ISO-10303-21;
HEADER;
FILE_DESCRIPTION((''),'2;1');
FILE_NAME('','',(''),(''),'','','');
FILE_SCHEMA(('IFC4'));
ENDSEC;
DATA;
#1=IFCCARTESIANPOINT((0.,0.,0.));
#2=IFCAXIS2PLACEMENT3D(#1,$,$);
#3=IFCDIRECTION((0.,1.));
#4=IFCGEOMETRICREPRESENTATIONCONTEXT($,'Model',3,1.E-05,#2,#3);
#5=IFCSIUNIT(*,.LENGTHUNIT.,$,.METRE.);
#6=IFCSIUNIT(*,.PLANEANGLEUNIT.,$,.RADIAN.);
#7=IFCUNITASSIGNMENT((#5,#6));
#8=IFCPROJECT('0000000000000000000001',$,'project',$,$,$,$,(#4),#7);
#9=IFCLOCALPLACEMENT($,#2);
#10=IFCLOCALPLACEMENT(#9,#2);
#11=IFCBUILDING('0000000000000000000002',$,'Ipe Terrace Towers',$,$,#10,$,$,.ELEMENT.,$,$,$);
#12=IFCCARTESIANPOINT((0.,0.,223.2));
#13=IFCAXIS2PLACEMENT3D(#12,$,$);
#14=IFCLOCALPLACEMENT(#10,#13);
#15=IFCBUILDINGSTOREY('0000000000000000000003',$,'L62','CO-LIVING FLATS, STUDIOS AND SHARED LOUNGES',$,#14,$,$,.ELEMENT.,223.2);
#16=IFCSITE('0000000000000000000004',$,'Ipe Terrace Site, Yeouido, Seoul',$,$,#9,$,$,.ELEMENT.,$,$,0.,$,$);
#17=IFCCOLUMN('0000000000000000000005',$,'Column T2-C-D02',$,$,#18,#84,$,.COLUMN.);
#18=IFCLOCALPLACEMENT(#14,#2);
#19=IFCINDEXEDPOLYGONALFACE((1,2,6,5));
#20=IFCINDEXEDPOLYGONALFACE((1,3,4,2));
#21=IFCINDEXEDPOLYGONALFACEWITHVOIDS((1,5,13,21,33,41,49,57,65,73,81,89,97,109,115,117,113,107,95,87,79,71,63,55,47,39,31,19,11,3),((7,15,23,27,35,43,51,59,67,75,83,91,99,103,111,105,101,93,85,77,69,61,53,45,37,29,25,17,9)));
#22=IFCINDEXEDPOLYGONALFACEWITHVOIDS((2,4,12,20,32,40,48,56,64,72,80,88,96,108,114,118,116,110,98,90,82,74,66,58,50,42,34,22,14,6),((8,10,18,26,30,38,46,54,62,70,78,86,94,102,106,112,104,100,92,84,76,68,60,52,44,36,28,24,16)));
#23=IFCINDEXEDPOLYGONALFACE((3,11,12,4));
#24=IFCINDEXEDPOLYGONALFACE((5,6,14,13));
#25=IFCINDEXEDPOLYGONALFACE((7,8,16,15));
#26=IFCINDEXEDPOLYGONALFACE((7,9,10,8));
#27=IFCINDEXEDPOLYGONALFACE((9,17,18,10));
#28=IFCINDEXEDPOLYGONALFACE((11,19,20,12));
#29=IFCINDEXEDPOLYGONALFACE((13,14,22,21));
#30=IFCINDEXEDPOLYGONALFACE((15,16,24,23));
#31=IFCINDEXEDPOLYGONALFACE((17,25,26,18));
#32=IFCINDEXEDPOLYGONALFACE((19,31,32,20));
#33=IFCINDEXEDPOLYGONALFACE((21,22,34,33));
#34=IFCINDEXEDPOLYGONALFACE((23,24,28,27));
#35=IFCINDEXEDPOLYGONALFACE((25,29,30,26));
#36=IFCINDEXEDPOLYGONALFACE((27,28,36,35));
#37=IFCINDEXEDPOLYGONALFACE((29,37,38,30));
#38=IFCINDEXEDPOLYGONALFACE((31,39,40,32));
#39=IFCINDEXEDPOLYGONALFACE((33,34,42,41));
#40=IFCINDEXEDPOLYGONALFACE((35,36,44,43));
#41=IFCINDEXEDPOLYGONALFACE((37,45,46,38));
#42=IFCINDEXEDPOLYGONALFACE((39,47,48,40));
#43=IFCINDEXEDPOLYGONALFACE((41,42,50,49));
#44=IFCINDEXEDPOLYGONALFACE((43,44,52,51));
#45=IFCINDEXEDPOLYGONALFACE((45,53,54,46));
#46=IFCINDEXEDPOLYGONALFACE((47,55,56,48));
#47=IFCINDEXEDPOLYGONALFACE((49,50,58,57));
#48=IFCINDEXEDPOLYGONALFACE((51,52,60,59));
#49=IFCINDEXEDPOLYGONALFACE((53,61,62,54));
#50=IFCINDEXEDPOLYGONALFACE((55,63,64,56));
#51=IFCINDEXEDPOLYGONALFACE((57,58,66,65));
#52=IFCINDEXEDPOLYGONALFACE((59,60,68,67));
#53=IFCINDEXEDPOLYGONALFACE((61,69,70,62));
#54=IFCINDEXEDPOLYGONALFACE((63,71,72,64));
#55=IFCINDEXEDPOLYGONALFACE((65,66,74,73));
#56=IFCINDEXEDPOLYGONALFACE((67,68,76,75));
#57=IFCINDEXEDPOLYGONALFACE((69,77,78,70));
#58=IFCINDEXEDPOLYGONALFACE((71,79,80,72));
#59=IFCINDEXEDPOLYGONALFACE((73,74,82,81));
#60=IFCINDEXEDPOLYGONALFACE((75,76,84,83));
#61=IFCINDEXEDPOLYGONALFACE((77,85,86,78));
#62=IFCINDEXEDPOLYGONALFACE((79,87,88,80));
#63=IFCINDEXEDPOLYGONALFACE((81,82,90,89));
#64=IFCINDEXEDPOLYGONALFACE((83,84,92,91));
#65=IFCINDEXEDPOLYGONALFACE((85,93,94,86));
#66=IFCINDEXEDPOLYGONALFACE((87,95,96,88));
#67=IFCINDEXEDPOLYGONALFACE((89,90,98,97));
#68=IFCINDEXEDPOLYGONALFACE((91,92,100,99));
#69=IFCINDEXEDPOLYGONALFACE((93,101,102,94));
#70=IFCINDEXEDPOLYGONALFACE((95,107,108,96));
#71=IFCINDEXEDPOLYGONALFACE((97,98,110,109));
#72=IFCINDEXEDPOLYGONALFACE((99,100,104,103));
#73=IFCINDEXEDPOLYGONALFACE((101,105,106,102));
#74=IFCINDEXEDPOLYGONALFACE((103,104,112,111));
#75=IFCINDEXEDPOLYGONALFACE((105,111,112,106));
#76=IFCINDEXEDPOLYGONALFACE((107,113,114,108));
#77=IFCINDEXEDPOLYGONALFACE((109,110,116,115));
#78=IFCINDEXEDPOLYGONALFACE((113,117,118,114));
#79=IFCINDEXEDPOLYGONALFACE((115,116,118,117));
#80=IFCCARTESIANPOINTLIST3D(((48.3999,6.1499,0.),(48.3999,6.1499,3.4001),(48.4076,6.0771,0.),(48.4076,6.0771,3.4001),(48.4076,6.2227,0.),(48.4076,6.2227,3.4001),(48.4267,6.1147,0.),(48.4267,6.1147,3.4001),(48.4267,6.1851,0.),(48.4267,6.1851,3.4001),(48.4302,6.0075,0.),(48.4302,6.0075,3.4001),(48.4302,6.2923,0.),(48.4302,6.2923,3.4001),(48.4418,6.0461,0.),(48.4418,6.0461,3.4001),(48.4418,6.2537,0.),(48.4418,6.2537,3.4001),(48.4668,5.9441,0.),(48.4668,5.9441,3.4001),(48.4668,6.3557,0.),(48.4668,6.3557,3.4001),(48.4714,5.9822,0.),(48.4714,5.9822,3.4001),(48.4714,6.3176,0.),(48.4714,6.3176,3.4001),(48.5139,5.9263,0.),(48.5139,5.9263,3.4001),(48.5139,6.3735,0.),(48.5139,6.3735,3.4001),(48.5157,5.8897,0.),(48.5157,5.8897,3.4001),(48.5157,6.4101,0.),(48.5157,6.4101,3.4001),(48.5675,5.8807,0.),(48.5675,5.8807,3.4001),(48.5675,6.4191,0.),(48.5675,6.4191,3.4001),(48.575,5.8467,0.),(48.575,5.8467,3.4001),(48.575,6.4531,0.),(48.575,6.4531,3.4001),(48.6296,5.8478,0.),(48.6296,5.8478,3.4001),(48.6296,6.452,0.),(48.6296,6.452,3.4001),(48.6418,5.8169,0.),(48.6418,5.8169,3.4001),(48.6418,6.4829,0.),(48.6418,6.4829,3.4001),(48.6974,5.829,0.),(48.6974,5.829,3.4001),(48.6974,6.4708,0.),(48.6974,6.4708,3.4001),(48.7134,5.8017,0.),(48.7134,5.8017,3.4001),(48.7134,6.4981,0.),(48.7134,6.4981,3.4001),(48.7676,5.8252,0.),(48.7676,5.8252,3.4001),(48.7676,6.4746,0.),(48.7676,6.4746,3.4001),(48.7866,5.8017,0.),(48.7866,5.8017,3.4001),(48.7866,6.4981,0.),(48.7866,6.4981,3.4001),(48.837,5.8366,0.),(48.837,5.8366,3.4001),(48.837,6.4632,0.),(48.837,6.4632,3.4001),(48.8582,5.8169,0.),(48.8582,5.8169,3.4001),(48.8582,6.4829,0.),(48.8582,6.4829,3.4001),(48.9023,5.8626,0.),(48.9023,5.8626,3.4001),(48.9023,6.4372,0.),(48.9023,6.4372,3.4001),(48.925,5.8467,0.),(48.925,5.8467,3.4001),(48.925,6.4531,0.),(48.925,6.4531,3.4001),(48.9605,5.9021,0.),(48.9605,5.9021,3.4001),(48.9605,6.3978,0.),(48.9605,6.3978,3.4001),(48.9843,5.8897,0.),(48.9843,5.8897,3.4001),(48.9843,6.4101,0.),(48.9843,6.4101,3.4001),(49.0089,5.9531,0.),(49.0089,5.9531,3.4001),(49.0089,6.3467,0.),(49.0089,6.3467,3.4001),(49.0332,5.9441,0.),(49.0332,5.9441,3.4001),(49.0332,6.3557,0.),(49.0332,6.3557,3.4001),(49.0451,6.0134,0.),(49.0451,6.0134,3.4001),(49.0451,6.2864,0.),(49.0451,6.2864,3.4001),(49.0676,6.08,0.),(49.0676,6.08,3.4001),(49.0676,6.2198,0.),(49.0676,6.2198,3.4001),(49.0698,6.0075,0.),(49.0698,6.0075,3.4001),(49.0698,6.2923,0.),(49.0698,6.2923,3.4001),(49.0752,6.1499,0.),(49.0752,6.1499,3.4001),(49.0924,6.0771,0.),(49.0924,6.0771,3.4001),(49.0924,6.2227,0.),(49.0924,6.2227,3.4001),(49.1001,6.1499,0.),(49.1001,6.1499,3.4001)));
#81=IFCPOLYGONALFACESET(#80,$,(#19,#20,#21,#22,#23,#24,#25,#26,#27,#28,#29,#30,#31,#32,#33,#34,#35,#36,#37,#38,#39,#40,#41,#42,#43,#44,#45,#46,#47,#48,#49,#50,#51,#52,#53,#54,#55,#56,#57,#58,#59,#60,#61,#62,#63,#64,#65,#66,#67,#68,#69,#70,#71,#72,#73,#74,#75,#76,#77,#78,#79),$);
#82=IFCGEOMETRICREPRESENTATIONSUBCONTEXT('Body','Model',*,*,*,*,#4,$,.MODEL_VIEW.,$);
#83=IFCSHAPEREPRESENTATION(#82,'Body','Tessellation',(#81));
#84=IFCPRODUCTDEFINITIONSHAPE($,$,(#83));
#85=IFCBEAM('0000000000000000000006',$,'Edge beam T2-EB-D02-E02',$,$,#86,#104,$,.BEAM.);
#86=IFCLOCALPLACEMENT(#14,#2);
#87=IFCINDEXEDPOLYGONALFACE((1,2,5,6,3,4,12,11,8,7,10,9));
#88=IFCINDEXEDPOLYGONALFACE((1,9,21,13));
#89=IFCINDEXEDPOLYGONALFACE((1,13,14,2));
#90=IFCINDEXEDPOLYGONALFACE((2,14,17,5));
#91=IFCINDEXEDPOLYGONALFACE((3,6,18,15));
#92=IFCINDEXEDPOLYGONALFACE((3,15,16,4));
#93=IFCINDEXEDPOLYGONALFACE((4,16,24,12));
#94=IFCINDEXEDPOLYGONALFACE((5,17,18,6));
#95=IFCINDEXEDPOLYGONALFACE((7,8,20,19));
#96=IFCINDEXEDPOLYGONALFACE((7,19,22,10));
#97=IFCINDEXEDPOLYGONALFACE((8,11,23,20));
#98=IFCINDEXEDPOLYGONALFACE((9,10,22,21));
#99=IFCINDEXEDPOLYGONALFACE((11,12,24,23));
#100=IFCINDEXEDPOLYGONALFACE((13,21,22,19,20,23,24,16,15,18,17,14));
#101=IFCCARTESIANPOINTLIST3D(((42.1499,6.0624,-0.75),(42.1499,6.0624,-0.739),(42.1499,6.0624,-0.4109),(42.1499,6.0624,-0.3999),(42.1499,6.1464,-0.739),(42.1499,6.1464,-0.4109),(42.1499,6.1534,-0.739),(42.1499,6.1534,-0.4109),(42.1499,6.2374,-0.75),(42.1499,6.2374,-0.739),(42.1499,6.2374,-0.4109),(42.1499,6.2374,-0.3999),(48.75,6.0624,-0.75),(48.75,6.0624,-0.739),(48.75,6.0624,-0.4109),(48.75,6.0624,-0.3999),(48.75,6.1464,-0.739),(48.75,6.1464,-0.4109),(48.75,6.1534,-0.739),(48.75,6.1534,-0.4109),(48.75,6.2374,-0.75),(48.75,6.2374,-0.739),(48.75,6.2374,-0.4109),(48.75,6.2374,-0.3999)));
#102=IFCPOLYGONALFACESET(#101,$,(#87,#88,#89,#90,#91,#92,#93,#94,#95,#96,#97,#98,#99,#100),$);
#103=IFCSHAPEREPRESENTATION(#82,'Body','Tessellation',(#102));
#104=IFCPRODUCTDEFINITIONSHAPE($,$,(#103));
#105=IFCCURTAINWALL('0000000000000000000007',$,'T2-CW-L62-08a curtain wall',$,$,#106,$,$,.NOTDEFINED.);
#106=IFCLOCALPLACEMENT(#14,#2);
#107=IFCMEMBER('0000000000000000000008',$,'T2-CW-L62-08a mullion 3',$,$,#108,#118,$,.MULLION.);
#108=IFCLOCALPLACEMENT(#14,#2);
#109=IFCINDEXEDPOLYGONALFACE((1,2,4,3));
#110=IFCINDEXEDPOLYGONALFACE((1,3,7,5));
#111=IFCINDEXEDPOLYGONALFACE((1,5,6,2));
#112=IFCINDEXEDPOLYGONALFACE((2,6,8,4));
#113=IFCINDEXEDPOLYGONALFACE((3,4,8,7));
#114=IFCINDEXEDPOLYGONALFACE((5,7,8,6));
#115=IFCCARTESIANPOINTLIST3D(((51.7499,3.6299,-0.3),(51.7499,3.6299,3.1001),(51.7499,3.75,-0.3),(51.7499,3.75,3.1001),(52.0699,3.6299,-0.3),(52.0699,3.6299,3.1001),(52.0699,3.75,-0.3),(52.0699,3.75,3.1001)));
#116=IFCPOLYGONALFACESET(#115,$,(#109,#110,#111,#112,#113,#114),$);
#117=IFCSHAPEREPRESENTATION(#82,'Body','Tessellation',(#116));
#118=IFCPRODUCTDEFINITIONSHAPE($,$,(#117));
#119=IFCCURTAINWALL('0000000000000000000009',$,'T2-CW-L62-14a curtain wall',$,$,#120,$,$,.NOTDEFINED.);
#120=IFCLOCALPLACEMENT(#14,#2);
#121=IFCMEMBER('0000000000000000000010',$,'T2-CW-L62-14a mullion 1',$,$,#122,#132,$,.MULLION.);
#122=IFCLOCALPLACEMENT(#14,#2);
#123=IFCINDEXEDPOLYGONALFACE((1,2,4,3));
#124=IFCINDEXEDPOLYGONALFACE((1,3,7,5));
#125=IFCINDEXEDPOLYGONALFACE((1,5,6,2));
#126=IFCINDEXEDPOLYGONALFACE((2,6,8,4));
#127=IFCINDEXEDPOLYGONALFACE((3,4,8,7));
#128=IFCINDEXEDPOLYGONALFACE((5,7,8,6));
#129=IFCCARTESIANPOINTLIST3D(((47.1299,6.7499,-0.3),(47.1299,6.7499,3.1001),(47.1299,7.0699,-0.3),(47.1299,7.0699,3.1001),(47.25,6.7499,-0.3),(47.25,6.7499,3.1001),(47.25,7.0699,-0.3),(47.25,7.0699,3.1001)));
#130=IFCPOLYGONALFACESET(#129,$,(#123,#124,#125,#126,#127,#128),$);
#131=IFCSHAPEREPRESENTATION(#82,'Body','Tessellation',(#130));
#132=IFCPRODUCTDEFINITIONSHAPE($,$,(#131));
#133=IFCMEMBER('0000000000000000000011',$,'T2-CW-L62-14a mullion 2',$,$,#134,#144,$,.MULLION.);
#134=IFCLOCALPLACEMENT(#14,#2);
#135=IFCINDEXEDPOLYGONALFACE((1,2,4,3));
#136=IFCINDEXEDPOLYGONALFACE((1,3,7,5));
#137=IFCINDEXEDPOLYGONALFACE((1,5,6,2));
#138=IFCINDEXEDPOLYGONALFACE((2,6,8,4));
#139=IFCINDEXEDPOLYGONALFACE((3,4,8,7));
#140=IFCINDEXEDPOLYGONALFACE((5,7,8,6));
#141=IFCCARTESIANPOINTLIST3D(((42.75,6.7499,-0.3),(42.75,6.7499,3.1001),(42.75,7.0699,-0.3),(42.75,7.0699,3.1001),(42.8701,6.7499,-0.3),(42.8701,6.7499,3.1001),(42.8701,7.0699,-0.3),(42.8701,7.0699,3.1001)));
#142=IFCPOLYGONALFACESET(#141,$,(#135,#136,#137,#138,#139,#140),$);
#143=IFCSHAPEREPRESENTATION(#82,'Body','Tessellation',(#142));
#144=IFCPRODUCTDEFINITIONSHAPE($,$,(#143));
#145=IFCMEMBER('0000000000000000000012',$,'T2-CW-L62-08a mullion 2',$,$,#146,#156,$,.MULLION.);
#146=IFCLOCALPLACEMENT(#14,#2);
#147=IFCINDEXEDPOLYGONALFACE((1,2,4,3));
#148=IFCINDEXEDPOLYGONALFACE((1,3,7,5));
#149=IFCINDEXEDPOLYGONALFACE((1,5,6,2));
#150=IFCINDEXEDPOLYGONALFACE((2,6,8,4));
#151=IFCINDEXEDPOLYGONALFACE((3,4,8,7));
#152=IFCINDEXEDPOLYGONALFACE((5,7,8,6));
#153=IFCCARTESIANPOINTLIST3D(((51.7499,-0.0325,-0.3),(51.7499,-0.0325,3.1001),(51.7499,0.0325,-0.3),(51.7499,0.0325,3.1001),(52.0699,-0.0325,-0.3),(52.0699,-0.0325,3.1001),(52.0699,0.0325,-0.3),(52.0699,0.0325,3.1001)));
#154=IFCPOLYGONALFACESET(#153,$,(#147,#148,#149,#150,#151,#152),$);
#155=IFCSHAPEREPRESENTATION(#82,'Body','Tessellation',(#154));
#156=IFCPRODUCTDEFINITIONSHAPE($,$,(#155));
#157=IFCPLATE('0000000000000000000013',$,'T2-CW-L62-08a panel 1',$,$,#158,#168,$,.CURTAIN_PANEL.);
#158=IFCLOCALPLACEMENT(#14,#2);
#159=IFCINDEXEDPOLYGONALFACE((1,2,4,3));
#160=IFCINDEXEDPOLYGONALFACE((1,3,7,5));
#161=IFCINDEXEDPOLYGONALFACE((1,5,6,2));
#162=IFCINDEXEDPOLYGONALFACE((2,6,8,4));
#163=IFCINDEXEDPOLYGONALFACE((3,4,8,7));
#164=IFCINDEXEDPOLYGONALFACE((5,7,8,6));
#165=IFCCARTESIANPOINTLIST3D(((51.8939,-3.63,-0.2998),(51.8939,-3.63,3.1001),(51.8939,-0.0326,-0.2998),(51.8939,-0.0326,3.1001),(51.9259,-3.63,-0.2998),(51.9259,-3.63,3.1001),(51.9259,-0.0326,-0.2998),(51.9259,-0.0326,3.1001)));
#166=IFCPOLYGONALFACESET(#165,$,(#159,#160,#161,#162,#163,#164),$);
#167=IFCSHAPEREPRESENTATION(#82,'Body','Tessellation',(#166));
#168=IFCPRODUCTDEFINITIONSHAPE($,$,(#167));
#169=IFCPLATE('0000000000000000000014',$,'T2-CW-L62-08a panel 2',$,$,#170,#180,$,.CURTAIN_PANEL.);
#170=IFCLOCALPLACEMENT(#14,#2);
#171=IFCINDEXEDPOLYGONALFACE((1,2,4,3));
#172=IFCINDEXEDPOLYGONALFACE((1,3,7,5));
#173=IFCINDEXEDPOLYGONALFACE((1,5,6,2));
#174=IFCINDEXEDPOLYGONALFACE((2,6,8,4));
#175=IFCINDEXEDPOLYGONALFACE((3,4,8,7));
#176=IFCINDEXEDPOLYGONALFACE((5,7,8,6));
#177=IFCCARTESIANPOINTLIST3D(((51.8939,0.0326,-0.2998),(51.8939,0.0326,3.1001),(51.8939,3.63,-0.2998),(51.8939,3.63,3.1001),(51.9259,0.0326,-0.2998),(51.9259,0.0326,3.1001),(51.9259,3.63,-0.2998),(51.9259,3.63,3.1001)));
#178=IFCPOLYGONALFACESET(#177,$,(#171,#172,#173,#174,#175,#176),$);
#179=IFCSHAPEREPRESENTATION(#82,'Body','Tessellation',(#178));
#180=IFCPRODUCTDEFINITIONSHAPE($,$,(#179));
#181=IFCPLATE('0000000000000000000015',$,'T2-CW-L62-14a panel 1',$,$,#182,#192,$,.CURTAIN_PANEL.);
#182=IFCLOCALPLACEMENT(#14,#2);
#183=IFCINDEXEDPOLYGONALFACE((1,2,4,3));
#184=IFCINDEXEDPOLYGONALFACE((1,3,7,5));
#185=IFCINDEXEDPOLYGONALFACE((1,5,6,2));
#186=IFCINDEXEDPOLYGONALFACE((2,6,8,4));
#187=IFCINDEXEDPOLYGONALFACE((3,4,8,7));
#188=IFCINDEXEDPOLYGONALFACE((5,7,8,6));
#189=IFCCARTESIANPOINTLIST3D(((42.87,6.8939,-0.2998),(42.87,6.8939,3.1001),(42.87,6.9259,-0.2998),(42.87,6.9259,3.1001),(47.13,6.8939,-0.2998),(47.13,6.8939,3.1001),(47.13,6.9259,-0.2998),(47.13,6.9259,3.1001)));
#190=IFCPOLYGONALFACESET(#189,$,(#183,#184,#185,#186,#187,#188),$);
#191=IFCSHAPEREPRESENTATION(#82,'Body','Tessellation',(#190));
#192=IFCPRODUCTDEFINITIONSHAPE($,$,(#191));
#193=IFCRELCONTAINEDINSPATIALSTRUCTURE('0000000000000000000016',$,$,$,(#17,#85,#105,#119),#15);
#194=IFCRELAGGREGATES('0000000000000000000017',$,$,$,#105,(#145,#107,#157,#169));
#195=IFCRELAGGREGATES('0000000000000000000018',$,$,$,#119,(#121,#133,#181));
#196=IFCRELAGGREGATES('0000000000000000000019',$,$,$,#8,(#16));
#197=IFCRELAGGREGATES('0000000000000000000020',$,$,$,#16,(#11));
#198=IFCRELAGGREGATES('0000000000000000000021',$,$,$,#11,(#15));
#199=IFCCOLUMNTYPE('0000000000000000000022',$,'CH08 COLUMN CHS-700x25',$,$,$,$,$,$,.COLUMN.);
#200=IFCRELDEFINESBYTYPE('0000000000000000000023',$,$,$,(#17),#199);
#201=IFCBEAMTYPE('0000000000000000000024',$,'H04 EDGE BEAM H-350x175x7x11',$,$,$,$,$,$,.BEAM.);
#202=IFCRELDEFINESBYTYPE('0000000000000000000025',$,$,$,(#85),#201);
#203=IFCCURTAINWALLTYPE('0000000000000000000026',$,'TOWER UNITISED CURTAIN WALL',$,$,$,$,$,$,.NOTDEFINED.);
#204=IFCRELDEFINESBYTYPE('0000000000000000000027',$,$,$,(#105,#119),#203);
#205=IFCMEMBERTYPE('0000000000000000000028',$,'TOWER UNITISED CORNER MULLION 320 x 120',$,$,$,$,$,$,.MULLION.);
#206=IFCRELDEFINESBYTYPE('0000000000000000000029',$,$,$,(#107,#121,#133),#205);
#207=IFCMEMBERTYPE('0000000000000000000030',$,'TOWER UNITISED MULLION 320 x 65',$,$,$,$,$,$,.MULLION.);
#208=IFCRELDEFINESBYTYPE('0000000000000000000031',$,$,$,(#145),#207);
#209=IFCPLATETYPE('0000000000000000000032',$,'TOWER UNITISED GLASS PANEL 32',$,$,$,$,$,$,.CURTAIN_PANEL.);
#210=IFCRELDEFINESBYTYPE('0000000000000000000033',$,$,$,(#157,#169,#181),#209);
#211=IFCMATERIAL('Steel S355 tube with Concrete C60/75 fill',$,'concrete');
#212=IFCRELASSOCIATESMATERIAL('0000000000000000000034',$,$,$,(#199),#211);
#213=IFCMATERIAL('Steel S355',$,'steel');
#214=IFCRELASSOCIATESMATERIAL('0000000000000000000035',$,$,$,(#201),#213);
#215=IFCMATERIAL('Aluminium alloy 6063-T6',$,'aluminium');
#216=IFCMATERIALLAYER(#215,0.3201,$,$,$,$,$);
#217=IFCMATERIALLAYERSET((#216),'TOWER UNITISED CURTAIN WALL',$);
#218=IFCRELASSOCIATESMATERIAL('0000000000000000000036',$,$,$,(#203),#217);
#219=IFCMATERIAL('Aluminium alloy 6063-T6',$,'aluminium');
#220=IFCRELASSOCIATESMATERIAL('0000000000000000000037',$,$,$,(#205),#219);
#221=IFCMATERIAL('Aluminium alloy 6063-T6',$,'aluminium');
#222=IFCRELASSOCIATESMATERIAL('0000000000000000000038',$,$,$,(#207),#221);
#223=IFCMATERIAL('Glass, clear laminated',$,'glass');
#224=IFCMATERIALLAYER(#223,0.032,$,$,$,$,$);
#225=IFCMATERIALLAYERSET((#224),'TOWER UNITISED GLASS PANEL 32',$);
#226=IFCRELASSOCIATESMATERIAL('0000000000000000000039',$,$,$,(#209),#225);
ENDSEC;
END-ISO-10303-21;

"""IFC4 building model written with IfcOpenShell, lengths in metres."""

from ifc_helpers import new_model, si_unit, direction, frame, origin, origin_2d, place, context, subcontext, project, spatial, rectangle, hollow_circle, i_section, extrude, material, layer, layer_set, material_profile, profile_set, type_object, element, aggregate, save


model = new_model("IFC4")

# Units and contexts
model_context = context("Model", 3, precision=1e-05, world=origin(), true_north=direction((0.0, 1.0)))
body_context = subcontext(model_context, "Body", "Model", "MODEL_VIEW")
ifc_project = project(units=[si_unit("LENGTHUNIT", "METRE"), si_unit("PLANEANGLEUNIT", "RADIAN")], contexts=[model_context])

# Site, building, storey
site_placement = place(None, origin())
site = spatial("IfcSite", under=ifc_project, at=site_placement, Name="Ipe Terrace Site, Yeouido, Seoul", CompositionType="ELEMENT", RefElevation=0.0)
building_placement = place(site_placement, origin())
building = spatial("IfcBuilding", under=site, at=building_placement, Name="Ipe Terrace Towers", CompositionType="ELEMENT")
storey_placement = place(building_placement, frame((0.0, 0.0, 223.2)))
storey = spatial("IfcBuildingStorey", under=building, at=storey_placement, Name="L62", Description="CO-LIVING FLATS, STUDIOS AND SHARED LOUNGES", CompositionType="ELEMENT", Elevation=223.2)

# Column
ifc_material_1 = material(Name="Steel S355 tube with Concrete C60/75 fill", Category="concrete")
ifc_material_profile_1 = material_profile(ifc_material_1, hollow_circle(Radius=0.3501, WallThickness=0.0249, at=origin_2d()), Name="CHS-700x25")
ifc_profile_set_1 = profile_set([ifc_material_profile_1], Name="Steel S355 tube with Concrete C60/75 fill")
column_type = type_object("IfcColumnType", Name="CH08 COLUMN CHS-700x25", PredefinedType="COLUMN", material=ifc_profile_set_1)
column_placement = place(storey_placement, frame((48.75, 6.1499, 0.0), z_axis=(0.0, 0.0, 1.0), x_axis=(1.0, 0.0, 0.0)))
element("IfcColumn", 1, at=column_placement, inside=storey, type_object=column_type, Name="Column T2-C-D02", PredefinedType="COLUMN", context=body_context, shape_type="SweptSolid", body=[
    extrude(hollow_circle(Radius=0.3501, WallThickness=0.0249, at=origin_2d()), origin(), (0.0, 0.0, 1.0), 3.4001),
])

# Beam
ifc_material_2 = material(Name="Steel S355", Category="steel")
ifc_material_profile_2 = material_profile(ifc_material_2, i_section(OverallWidth=0.175, OverallDepth=0.3501, WebThickness=0.0071, FlangeThickness=0.011, at=origin_2d()), Name="H-350x175x7x11")
ifc_profile_set_2 = profile_set([ifc_material_profile_2], Name="Steel S355")
beam_type = type_object("IfcBeamType", Name="H04 EDGE BEAM H-350x175x7x11", PredefinedType="BEAM", material=ifc_profile_set_2)
beam_placement = place(storey_placement, frame((48.75, 6.1499, -0.575), z_axis=(-1.0, 0.0, 0.0), x_axis=(0.0, -1.0, 0.0)))
element("IfcBeam", 2, at=beam_placement, inside=storey, type_object=beam_type, Name="Edge beam T2-EB-D02-E02", PredefinedType="BEAM", context=body_context, shape_type="SweptSolid", body=[
    extrude(i_section(OverallWidth=0.175, OverallDepth=0.3501, WebThickness=0.0071, FlangeThickness=0.011, at=origin_2d()), origin(), (0.0, 0.0, 1.0), 6.6001),
])

# Curtain wall, member
ifc_material_3 = material(Name="Aluminium alloy 6063-T6", Category="aluminium")
ifc_layer_1 = layer(ifc_material_3, 0.3201)
ifc_layer_set_1 = layer_set([ifc_layer_1], Name="TOWER UNITISED CURTAIN WALL")
curtain_wall_type = type_object("IfcCurtainWallType", Name="TOWER UNITISED CURTAIN WALL", PredefinedType="NOTDEFINED", material=ifc_layer_set_1)
curtain_wall_1_placement = place(storey_placement, origin())
curtain_wall_1 = element("IfcCurtainWall", 3, at=curtain_wall_1_placement, inside=storey, type_object=curtain_wall_type, Name="T2-CW-L62-08a curtain wall", PredefinedType="NOTDEFINED")
ifc_material_4 = material(Name="Aluminium alloy 6063-T6", Category="aluminium")
ifc_material_profile_3 = material_profile(ifc_material_4, rectangle(XDim=0.3201, YDim=0.1201, at=origin_2d()), Name="TOWER UNITISED CORNER MULLION 320 x 120")
ifc_profile_set_3 = profile_set([ifc_material_profile_3], Name="Aluminium alloy 6063-T6")
member_type_1 = type_object("IfcMemberType", Name="TOWER UNITISED CORNER MULLION 320 x 120", PredefinedType="MULLION", material=ifc_profile_set_3)
member_1_placement = place(storey_placement, frame((51.9099, 3.6899, -0.3), z_axis=(0.0, 0.0, 1.0), x_axis=(1.0, 0.0, 0.0)))
member_1 = element("IfcMember", 4, at=member_1_placement, type_object=member_type_1, Name="T2-CW-L62-08a mullion 3", PredefinedType="MULLION", context=body_context, shape_type="SweptSolid", body=[
    extrude(rectangle(XDim=0.3201, YDim=0.1201, at=origin_2d()), origin(), (0.0, 0.0, 1.0), 3.4001),
])

# Curtain wall, members
curtain_wall_2_placement = place(storey_placement, origin())
curtain_wall_2 = element("IfcCurtainWall", 5, at=curtain_wall_2_placement, inside=storey, type_object=curtain_wall_type, Name="T2-CW-L62-14a curtain wall", PredefinedType="NOTDEFINED")
member_2_placement = place(storey_placement, frame((47.1899, 6.9099, -0.3), z_axis=(0.0, 0.0, 1.0), x_axis=(0.0, 1.0, 0.0)))
member_2 = element("IfcMember", 6, at=member_2_placement, type_object=member_type_1, Name="T2-CW-L62-14a mullion 1", PredefinedType="MULLION", context=body_context, shape_type="SweptSolid", body=[
    extrude(rectangle(XDim=0.3201, YDim=0.1201, at=origin_2d()), origin(), (0.0, 0.0, 1.0), 3.4001),
])
member_3_placement = place(storey_placement, frame((42.8101, 6.9099, -0.3), z_axis=(0.0, 0.0, 1.0), x_axis=(0.0, 1.0, 0.0)))
member_3 = element("IfcMember", 7, at=member_3_placement, type_object=member_type_1, Name="T2-CW-L62-14a mullion 2", PredefinedType="MULLION", context=body_context, shape_type="SweptSolid", body=[
    extrude(rectangle(XDim=0.3201, YDim=0.1201, at=origin_2d()), origin(), (0.0, 0.0, 1.0), 3.4001),
])

# Member
ifc_material_5 = material(Name="Aluminium alloy 6063-T6", Category="aluminium")
ifc_material_profile_4 = material_profile(ifc_material_5, rectangle(XDim=0.3201, YDim=0.0649, at=origin_2d()), Name="TOWER UNITISED MULLION 320 x 65")
ifc_profile_set_4 = profile_set([ifc_material_profile_4], Name="Aluminium alloy 6063-T6")
member_type_2 = type_object("IfcMemberType", Name="TOWER UNITISED MULLION 320 x 65", PredefinedType="MULLION", material=ifc_profile_set_4)
member_4_placement = place(storey_placement, frame((51.9099, 0.0, -0.3), z_axis=(0.0, 0.0, 1.0), x_axis=(1.0, 0.0, 0.0)))
member_4 = element("IfcMember", 8, at=member_4_placement, type_object=member_type_2, Name="T2-CW-L62-08a mullion 2", PredefinedType="MULLION", context=body_context, shape_type="SweptSolid", body=[
    extrude(rectangle(XDim=0.3201, YDim=0.0649, at=origin_2d()), origin(), (0.0, 0.0, 1.0), 3.4001),
])

# Plates
ifc_material_6 = material(Name="Glass, clear laminated", Category="glass")
ifc_layer_2 = layer(ifc_material_6, 0.032)
ifc_layer_set_2 = layer_set([ifc_layer_2], Name="TOWER UNITISED GLASS PANEL 32")
plate_type = type_object("IfcPlateType", Name="TOWER UNITISED GLASS PANEL 32", PredefinedType="CURTAIN_PANEL", material=ifc_layer_set_2)
plate_1_placement = place(storey_placement, frame((51.9099, -1.8313, -0.2998), z_axis=(0.0, 0.0, 1.0), x_axis=(0.0, 1.0, 0.0)))
plate_1 = element("IfcPlate", 9, at=plate_1_placement, type_object=plate_type, Name="T2-CW-L62-08a panel 1", PredefinedType="CURTAIN_PANEL", context=body_context, shape_type="SweptSolid", body=[
    extrude(rectangle(XDim=3.5974, YDim=0.032, at=origin_2d()), origin(), (0.0, 0.0, 1.0), 3.3999),
])
plate_2_placement = place(storey_placement, frame((51.9099, 1.8313, -0.2998), z_axis=(0.0, 0.0, 1.0), x_axis=(0.0, 1.0, 0.0)))
plate_2 = element("IfcPlate", 10, at=plate_2_placement, type_object=plate_type, Name="T2-CW-L62-08a panel 2", PredefinedType="CURTAIN_PANEL", context=body_context, shape_type="SweptSolid", body=[
    extrude(rectangle(XDim=3.5974, YDim=0.032, at=origin_2d()), origin(), (0.0, 0.0, 1.0), 3.3999),
])
aggregate(curtain_wall_1, [member_4, member_1, plate_1, plate_2])
plate_3_placement = place(storey_placement, frame((45.0, 6.9099, -0.2998), z_axis=(0.0, 0.0, 1.0), x_axis=(-1.0, 0.0, 0.0)))
plate_3 = element("IfcPlate", 11, at=plate_3_placement, type_object=plate_type, Name="T2-CW-L62-14a panel 1", PredefinedType="CURTAIN_PANEL", context=body_context, shape_type="SweptSolid", body=[
    extrude(rectangle(XDim=4.26, YDim=0.032, at=origin_2d()), origin(), (0.0, 0.0, 1.0), 3.3999),
])
aggregate(curtain_wall_2, [member_2, member_3, plate_3])

save(model, "model.ifc")
